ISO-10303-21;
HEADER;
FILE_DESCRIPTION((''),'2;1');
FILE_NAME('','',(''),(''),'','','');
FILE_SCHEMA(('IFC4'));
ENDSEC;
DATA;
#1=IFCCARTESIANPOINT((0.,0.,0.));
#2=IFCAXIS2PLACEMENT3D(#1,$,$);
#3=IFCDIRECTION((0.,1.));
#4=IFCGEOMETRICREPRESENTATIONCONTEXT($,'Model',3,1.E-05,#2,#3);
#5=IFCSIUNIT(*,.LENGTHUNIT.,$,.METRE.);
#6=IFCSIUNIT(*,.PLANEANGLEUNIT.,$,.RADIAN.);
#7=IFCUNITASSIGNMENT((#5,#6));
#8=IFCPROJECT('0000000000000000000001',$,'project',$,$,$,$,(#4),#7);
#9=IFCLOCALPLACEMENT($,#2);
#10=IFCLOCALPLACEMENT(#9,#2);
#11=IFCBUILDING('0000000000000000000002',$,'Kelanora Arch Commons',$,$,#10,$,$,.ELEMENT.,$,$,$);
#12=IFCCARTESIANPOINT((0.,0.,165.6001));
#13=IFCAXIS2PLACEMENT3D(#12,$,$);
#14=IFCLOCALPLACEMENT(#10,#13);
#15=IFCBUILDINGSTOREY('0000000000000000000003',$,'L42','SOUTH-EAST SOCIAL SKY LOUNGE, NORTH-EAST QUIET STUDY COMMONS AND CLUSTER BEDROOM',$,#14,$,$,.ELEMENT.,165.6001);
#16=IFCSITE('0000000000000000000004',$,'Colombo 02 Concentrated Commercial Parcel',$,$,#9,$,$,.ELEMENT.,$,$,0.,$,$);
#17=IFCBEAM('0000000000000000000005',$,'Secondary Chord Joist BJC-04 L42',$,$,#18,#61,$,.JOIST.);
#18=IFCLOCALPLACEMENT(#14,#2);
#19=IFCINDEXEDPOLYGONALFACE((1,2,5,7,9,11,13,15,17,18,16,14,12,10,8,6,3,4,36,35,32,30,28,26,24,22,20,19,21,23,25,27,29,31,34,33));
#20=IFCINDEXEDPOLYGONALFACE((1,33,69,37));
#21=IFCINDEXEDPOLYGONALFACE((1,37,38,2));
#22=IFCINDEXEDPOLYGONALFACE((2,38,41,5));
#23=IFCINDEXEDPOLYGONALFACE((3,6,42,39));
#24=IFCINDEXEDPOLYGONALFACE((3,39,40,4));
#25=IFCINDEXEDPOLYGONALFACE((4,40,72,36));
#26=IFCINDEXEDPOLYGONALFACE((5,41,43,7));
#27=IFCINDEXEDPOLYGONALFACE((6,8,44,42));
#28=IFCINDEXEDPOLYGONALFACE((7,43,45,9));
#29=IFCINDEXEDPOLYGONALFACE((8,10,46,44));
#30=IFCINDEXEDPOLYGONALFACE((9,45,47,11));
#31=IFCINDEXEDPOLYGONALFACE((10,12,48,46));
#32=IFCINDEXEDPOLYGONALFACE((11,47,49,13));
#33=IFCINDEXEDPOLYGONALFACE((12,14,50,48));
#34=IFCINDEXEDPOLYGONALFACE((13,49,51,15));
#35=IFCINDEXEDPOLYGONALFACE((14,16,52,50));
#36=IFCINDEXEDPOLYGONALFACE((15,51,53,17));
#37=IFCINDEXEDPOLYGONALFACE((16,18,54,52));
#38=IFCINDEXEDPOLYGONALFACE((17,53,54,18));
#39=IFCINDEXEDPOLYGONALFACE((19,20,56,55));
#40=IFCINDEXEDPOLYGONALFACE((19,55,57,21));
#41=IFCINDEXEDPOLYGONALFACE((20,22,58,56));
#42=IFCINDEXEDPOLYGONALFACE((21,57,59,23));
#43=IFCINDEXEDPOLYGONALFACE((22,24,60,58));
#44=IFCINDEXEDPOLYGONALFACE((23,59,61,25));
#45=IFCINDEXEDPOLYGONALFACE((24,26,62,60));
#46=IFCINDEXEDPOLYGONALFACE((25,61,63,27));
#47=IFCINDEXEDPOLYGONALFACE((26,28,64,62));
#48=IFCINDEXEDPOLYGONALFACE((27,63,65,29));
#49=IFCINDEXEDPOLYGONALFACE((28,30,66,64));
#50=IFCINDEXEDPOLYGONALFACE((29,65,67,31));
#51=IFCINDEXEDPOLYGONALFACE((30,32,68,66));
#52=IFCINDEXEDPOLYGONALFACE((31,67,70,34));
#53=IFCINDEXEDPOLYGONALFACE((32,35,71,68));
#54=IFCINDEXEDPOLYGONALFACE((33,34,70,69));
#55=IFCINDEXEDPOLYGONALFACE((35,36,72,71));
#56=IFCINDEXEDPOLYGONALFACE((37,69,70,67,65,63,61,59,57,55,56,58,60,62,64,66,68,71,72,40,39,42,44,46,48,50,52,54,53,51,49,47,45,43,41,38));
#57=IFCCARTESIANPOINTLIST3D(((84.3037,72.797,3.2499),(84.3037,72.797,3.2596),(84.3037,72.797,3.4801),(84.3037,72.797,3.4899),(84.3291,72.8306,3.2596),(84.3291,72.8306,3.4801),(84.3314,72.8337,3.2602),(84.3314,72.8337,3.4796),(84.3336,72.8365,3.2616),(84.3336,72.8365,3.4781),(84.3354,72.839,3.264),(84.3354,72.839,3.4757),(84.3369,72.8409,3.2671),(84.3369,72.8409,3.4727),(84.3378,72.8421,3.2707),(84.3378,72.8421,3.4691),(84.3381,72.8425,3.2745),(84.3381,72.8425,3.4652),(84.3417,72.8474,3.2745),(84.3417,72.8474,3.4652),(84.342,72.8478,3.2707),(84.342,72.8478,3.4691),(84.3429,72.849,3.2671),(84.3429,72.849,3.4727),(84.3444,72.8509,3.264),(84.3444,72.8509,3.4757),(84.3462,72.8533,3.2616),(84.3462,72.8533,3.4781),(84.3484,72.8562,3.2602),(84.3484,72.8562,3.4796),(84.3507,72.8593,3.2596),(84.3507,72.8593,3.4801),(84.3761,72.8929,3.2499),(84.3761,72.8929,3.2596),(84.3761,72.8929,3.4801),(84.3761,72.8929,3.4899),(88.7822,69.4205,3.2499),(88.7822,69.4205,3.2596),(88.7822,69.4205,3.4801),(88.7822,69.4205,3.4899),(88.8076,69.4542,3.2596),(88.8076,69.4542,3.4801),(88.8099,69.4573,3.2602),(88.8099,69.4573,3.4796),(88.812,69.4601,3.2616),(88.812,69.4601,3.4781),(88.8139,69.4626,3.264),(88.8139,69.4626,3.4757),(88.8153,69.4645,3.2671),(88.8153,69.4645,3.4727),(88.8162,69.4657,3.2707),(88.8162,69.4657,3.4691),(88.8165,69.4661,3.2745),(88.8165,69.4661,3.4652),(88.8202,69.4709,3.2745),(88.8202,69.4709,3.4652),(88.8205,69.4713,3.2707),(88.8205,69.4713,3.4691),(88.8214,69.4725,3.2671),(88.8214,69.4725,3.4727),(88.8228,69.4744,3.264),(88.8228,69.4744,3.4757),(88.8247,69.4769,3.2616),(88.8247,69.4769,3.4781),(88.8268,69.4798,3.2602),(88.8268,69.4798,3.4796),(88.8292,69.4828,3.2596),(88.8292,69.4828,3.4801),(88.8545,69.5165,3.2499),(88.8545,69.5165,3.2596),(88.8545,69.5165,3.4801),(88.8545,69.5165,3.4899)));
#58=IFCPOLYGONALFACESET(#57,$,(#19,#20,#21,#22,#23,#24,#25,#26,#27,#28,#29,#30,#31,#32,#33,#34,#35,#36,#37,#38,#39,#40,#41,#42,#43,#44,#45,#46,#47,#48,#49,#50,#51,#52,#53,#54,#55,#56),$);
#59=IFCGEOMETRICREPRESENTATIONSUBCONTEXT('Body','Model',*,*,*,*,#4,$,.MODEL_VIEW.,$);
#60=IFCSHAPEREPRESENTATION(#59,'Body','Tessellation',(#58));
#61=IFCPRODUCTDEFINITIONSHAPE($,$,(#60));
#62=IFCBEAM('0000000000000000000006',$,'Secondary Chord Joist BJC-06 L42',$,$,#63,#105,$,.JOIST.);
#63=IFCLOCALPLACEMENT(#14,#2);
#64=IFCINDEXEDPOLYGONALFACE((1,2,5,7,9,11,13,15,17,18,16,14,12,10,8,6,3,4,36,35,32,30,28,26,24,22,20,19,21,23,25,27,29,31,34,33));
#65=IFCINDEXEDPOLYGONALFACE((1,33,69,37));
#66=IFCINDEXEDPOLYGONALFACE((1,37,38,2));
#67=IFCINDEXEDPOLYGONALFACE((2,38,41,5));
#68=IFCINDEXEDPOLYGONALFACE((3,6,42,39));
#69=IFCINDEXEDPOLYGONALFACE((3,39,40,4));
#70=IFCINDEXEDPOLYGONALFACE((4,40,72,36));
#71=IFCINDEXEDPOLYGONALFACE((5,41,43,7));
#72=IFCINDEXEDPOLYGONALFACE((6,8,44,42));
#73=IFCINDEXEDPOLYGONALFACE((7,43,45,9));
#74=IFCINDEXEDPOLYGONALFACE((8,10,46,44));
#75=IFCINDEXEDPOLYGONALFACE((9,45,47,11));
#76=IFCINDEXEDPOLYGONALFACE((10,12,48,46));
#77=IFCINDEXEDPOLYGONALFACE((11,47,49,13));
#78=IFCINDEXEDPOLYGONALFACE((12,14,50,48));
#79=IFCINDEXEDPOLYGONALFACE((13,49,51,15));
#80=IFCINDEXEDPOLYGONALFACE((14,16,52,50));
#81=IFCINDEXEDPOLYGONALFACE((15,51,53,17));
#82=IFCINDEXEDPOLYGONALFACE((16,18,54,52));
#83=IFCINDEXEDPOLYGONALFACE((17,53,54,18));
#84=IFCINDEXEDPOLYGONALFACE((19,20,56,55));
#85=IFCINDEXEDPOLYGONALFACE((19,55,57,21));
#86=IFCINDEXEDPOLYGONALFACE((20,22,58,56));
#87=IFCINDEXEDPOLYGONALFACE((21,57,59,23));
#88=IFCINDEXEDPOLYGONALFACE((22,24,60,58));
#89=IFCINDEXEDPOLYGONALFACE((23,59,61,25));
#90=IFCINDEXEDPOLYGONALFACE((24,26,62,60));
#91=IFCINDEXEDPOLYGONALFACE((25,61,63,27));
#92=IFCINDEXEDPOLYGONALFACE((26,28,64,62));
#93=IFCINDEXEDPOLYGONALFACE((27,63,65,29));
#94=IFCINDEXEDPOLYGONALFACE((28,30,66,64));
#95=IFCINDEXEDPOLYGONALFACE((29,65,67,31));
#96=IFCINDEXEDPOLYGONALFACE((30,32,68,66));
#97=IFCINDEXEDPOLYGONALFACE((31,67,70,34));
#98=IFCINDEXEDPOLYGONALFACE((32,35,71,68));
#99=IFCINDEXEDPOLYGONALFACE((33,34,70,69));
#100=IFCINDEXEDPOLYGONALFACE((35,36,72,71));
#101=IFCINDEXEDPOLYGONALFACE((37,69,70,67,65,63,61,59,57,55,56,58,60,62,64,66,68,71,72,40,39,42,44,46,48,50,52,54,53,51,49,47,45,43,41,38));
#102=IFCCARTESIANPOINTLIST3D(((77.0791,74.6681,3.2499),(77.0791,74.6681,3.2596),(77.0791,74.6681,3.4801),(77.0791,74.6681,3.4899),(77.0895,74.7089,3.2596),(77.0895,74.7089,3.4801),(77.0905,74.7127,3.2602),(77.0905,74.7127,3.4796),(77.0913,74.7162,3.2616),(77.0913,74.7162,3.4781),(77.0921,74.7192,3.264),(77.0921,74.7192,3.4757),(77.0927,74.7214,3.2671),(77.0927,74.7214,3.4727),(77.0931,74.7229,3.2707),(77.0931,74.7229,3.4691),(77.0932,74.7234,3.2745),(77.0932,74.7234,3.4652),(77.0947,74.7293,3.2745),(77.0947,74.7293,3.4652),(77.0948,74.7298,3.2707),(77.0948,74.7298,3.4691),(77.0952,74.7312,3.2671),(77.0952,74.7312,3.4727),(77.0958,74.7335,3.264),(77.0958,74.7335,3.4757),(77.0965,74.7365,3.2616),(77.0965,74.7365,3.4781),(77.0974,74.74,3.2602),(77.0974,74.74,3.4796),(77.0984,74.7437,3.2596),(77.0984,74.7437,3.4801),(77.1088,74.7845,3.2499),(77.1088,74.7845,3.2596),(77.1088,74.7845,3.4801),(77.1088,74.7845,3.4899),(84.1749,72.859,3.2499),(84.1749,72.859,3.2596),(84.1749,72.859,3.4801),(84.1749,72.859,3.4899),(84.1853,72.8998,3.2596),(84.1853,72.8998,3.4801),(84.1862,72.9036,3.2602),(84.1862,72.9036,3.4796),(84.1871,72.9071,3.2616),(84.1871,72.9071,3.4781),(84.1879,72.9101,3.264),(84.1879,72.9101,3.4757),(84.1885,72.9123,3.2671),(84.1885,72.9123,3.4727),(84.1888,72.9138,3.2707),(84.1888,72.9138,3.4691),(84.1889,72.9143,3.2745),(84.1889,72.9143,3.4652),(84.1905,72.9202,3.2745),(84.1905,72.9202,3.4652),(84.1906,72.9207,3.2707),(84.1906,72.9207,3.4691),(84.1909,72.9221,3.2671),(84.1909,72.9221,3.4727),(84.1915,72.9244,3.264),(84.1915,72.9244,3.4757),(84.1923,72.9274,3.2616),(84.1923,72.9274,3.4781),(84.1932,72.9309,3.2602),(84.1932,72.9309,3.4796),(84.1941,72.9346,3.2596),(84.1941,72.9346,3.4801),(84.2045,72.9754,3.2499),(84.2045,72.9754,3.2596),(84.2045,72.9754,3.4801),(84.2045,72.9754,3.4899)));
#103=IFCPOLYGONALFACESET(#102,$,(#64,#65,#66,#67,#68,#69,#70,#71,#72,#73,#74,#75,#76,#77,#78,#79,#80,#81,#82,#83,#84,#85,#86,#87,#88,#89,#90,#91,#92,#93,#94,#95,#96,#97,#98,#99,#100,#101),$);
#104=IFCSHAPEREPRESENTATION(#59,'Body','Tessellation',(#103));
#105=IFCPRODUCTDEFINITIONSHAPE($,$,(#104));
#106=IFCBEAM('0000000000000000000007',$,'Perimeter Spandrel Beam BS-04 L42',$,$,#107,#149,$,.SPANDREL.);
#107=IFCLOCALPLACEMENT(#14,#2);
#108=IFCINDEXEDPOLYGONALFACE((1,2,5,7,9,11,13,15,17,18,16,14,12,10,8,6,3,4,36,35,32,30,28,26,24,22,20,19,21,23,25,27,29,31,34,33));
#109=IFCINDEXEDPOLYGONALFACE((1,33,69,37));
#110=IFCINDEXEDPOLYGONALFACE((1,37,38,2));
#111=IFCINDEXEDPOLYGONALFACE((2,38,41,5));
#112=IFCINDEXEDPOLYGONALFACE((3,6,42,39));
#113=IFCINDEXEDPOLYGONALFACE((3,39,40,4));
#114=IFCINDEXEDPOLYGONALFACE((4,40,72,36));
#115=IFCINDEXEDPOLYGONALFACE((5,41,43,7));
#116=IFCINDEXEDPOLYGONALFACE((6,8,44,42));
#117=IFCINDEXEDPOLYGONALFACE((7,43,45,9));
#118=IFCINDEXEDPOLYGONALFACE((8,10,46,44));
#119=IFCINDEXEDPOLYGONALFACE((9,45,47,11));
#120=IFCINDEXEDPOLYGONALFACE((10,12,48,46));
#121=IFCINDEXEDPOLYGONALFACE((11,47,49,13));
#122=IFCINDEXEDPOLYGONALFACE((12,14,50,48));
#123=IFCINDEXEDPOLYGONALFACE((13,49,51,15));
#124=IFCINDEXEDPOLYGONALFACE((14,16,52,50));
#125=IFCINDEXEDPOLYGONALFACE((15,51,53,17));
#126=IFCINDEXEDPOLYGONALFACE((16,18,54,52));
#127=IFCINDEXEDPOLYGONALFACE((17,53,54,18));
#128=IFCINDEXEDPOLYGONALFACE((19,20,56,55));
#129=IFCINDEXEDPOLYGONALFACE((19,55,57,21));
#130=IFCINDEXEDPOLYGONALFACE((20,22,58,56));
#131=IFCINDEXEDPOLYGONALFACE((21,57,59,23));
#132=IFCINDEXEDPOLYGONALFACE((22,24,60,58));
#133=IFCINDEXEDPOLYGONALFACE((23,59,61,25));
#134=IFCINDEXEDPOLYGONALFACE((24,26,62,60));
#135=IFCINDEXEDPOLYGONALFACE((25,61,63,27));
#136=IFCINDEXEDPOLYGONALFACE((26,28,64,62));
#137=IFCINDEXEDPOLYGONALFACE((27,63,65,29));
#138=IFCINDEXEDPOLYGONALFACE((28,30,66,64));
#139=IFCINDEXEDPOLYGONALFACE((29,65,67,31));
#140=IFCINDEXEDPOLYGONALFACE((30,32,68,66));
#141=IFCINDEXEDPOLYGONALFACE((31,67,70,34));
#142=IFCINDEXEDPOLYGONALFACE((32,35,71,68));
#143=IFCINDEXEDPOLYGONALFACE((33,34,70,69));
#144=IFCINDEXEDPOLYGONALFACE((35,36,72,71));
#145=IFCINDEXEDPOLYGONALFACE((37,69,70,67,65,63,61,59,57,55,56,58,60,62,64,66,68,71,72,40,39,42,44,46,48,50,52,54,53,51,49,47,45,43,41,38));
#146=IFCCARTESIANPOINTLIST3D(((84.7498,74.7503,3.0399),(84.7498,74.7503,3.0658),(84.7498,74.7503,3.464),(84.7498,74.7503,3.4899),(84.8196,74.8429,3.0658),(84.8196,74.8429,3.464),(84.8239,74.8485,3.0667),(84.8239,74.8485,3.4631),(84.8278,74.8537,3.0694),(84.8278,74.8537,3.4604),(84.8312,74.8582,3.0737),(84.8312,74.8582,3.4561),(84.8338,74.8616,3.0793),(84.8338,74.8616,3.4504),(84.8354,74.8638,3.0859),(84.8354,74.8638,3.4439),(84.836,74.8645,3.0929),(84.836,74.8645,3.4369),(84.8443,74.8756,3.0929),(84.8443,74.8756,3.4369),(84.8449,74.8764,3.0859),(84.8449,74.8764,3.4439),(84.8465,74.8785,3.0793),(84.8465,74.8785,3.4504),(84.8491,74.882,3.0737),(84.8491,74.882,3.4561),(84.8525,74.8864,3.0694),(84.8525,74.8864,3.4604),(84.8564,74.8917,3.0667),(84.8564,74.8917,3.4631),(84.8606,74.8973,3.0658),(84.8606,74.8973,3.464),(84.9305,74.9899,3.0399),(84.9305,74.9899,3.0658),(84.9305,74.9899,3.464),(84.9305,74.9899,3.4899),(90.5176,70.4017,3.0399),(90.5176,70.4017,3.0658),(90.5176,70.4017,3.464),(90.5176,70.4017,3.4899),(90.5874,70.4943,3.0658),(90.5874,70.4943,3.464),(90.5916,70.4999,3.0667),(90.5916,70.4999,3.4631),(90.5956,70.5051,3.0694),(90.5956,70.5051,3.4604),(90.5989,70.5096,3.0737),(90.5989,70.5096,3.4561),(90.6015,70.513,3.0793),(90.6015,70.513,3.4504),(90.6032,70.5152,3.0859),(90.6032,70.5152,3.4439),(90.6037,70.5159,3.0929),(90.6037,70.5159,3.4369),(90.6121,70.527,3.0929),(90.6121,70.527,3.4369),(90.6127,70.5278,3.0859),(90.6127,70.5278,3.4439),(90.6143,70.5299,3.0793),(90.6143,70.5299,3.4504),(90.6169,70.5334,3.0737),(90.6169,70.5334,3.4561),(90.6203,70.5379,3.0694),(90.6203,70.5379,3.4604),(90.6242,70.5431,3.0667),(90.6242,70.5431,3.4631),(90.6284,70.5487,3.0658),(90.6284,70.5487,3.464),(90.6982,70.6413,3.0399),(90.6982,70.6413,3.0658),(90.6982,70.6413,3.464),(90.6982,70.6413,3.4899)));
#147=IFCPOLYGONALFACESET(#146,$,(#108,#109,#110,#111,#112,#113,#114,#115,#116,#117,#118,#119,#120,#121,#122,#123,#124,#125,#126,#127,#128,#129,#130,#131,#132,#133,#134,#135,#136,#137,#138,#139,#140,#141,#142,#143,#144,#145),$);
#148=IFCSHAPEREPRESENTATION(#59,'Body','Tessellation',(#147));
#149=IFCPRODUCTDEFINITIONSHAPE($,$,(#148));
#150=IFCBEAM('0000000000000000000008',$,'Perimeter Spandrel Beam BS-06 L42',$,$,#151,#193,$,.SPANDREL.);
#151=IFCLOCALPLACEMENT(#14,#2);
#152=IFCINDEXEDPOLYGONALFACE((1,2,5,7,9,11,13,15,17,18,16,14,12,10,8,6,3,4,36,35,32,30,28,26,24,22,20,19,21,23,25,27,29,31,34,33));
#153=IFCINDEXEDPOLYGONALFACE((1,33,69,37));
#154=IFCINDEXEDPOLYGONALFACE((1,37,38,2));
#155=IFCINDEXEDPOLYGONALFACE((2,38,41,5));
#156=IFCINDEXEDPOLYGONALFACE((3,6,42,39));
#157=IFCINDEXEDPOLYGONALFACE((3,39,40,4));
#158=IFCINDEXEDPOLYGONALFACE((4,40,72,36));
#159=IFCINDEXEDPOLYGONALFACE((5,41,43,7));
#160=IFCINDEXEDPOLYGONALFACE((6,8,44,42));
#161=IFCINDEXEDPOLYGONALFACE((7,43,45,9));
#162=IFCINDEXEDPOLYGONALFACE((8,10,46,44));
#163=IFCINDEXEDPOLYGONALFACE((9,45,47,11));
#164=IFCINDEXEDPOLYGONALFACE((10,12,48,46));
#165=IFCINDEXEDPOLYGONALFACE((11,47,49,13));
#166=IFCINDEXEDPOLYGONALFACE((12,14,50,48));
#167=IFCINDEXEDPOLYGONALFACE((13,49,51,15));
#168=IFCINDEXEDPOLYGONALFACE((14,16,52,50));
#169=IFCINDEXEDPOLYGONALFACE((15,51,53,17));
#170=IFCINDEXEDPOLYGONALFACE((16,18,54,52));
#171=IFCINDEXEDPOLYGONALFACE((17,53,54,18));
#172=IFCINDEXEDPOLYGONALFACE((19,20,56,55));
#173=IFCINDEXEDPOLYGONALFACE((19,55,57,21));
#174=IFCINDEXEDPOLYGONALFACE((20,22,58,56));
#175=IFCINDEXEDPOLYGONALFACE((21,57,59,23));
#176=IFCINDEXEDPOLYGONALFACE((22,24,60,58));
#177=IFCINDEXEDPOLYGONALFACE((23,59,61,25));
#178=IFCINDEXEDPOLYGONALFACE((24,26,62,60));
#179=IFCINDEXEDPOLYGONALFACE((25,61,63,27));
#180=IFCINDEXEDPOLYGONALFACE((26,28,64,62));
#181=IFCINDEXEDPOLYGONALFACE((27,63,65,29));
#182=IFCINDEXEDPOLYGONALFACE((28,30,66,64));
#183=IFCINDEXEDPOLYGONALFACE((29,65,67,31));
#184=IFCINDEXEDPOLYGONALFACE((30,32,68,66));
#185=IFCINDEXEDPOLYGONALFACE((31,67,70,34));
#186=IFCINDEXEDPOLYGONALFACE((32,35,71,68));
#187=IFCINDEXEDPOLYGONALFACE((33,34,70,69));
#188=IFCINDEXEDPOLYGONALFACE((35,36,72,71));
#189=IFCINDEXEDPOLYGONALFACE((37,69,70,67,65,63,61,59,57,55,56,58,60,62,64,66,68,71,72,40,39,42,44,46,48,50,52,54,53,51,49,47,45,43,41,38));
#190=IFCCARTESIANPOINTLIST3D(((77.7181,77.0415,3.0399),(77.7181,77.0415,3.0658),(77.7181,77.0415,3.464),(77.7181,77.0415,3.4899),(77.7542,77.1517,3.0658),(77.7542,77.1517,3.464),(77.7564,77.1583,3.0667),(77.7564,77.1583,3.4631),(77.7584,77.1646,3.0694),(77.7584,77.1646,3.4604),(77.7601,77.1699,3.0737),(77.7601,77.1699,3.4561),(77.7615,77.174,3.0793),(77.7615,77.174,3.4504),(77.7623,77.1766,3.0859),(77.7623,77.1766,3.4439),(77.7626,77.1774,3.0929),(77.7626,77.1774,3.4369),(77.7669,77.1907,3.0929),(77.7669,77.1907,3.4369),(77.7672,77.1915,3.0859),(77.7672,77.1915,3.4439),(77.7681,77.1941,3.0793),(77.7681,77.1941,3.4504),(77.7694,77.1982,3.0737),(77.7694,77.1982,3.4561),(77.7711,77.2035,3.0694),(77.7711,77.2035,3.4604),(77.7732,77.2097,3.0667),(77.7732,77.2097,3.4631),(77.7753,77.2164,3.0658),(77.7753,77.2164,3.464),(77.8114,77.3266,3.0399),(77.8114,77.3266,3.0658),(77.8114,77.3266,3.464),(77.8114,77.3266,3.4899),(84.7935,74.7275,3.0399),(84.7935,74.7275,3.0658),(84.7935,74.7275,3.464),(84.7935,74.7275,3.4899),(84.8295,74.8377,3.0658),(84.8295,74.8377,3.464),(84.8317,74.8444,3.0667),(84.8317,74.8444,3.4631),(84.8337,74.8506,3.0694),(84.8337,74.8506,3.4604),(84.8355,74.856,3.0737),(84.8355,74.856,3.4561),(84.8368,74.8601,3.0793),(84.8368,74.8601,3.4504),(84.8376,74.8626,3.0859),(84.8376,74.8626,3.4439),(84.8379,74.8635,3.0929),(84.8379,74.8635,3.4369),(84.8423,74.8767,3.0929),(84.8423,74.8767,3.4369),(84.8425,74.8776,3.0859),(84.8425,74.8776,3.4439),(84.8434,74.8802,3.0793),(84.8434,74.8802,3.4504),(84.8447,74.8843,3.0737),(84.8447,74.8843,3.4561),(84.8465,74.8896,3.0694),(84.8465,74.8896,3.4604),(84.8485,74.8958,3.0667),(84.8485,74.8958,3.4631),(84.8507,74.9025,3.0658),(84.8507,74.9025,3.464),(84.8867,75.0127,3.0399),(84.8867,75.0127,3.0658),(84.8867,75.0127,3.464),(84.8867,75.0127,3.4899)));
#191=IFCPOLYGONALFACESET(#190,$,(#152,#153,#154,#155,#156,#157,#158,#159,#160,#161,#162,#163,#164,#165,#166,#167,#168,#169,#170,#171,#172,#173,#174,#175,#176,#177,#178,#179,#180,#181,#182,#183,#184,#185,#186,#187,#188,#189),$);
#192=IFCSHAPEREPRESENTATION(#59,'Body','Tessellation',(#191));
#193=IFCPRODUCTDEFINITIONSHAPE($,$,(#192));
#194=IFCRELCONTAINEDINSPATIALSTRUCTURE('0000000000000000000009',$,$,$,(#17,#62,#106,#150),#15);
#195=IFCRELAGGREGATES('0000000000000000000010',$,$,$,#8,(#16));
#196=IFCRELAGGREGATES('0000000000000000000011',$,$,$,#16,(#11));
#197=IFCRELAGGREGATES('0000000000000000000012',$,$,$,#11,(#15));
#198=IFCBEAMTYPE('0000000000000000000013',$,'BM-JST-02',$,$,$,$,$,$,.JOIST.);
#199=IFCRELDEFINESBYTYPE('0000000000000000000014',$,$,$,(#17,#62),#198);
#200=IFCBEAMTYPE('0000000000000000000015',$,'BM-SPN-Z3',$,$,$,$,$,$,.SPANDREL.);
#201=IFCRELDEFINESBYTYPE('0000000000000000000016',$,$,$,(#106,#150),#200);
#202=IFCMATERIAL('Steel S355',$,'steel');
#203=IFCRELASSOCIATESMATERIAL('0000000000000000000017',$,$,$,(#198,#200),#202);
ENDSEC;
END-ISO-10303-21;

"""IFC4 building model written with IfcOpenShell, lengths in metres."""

from ifc_helpers import new_model, si_unit, direction, frame, origin, origin_2d, place, context, subcontext, project, spatial, i_section, extrude, material, material_profile, profile_set, type_object, element, save


model = new_model("IFC4")

# Units and contexts
model_context = context("Model", 3, precision=1e-05, world=origin(), true_north=direction((0.0, 1.0)))
body_context = subcontext(model_context, "Body", "Model", "MODEL_VIEW")
ifc_project = project(units=[si_unit("LENGTHUNIT", "METRE"), si_unit("PLANEANGLEUNIT", "RADIAN")], contexts=[model_context])

# Site, building, storey
site_placement = place(None, origin())
site = spatial("IfcSite", under=ifc_project, at=site_placement, Name="Colombo 02 Concentrated Commercial Parcel", CompositionType="ELEMENT", RefElevation=0.0)
building_placement = place(site_placement, origin())
building = spatial("IfcBuilding", under=site, at=building_placement, Name="Kelanora Arch Commons", CompositionType="ELEMENT")
storey_placement = place(building_placement, frame((0.0, 0.0, 165.6001)))
storey = spatial("IfcBuildingStorey", under=building, at=storey_placement, Name="L42", Description="SOUTH-EAST SOCIAL SKY LOUNGE, NORTH-EAST QUIET STUDY COMMONS AND CLUSTER BEDROOM", CompositionType="ELEMENT", Elevation=165.6001)

# Beams
ifc_material_1 = material(Name="Steel S355", Category="steel")
ifc_material_profile_1 = material_profile(ifc_material_1, i_section(OverallWidth=0.1201, OverallDepth=0.24, WebThickness=0.0061, FlangeThickness=0.0098, FilletRadius=0.0149, at=origin_2d()), Name="IPE240")
ifc_profile_set_1 = profile_set([ifc_material_profile_1], Name="Steel S355")
beam_type_1 = type_object("IfcBeamType", Name="BM-JST-02", PredefinedType="JOIST", material=ifc_profile_set_1)
beam_1_placement = place(storey_placement, frame((88.8184, 69.4685, 3.3699), z_axis=(-0.798493, 0.602004, 0.0), x_axis=(-0.602004, -0.798493, 0.0)))
element("IfcBeam", 1, at=beam_1_placement, inside=storey, type_object=beam_type_1, Name="Secondary Chord Joist BJC-04 L42", PredefinedType="JOIST", context=body_context, shape_type="SweptSolid", body=[
    extrude(i_section(OverallWidth=0.1201, OverallDepth=0.24, WebThickness=0.0061, FlangeThickness=0.0098, FilletRadius=0.0149, at=origin_2d()), origin(), (0.0, 0.0, 1.0), 5.6086),
])
beam_2_placement = place(storey_placement, frame((84.1897, 72.9172, 3.3699), z_axis=(-0.969002, 0.247052, 0.0), x_axis=(-0.247052, -0.969002, 0.0)))
element("IfcBeam", 2, at=beam_2_placement, inside=storey, type_object=beam_type_1, Name="Secondary Chord Joist BJC-06 L42", PredefinedType="JOIST", context=body_context, shape_type="SweptSolid", body=[
    extrude(i_section(OverallWidth=0.1201, OverallDepth=0.24, WebThickness=0.0061, FlangeThickness=0.0098, FilletRadius=0.0149, at=origin_2d()), origin(), (0.0, 0.0, 1.0), 7.3228),
])
ifc_material_profile_2 = material_profile(ifc_material_1, i_section(OverallWidth=0.3, OverallDepth=0.45, WebThickness=0.0139, FlangeThickness=0.0259, FilletRadius=0.0271, at=origin_2d()), Name="HEB450")
ifc_profile_set_2 = profile_set([ifc_material_profile_2], Name="Steel S355")
beam_type_2 = type_object("IfcBeamType", Name="BM-SPN-Z3", PredefinedType="SPANDREL", material=ifc_profile_set_2)
beam_3_placement = place(storey_placement, frame((90.6079, 70.5215, 3.2649), z_axis=(-0.798485, 0.602015, 0.0), x_axis=(-0.602015, -0.798485, 0.0)))
element("IfcBeam", 3, at=beam_3_placement, inside=storey, type_object=beam_type_2, Name="Perimeter Spandrel Beam BS-04 L42", PredefinedType="SPANDREL", context=body_context, shape_type="SweptSolid", body=[
    extrude(i_section(OverallWidth=0.3, OverallDepth=0.45, WebThickness=0.0139, FlangeThickness=0.0259, FilletRadius=0.0271, at=origin_2d()), origin(), (0.0, 0.0, 1.0), 7.2234),
])
beam_4_placement = place(storey_placement, frame((84.8401, 74.8701, 3.2649), z_axis=(-0.950462, 0.310841, 0.0), x_axis=(-0.310841, -0.950462, 0.0)))
element("IfcBeam", 4, at=beam_4_placement, inside=storey, type_object=beam_type_2, Name="Perimeter Spandrel Beam BS-06 L42", PredefinedType="SPANDREL", context=body_context, shape_type="SweptSolid", body=[
    extrude(i_section(OverallWidth=0.3, OverallDepth=0.45, WebThickness=0.0139, FlangeThickness=0.0259, FilletRadius=0.0271, at=origin_2d()), origin(), (0.0, 0.0, 1.0), 7.4441),
])

save(model, "model.ifc")
